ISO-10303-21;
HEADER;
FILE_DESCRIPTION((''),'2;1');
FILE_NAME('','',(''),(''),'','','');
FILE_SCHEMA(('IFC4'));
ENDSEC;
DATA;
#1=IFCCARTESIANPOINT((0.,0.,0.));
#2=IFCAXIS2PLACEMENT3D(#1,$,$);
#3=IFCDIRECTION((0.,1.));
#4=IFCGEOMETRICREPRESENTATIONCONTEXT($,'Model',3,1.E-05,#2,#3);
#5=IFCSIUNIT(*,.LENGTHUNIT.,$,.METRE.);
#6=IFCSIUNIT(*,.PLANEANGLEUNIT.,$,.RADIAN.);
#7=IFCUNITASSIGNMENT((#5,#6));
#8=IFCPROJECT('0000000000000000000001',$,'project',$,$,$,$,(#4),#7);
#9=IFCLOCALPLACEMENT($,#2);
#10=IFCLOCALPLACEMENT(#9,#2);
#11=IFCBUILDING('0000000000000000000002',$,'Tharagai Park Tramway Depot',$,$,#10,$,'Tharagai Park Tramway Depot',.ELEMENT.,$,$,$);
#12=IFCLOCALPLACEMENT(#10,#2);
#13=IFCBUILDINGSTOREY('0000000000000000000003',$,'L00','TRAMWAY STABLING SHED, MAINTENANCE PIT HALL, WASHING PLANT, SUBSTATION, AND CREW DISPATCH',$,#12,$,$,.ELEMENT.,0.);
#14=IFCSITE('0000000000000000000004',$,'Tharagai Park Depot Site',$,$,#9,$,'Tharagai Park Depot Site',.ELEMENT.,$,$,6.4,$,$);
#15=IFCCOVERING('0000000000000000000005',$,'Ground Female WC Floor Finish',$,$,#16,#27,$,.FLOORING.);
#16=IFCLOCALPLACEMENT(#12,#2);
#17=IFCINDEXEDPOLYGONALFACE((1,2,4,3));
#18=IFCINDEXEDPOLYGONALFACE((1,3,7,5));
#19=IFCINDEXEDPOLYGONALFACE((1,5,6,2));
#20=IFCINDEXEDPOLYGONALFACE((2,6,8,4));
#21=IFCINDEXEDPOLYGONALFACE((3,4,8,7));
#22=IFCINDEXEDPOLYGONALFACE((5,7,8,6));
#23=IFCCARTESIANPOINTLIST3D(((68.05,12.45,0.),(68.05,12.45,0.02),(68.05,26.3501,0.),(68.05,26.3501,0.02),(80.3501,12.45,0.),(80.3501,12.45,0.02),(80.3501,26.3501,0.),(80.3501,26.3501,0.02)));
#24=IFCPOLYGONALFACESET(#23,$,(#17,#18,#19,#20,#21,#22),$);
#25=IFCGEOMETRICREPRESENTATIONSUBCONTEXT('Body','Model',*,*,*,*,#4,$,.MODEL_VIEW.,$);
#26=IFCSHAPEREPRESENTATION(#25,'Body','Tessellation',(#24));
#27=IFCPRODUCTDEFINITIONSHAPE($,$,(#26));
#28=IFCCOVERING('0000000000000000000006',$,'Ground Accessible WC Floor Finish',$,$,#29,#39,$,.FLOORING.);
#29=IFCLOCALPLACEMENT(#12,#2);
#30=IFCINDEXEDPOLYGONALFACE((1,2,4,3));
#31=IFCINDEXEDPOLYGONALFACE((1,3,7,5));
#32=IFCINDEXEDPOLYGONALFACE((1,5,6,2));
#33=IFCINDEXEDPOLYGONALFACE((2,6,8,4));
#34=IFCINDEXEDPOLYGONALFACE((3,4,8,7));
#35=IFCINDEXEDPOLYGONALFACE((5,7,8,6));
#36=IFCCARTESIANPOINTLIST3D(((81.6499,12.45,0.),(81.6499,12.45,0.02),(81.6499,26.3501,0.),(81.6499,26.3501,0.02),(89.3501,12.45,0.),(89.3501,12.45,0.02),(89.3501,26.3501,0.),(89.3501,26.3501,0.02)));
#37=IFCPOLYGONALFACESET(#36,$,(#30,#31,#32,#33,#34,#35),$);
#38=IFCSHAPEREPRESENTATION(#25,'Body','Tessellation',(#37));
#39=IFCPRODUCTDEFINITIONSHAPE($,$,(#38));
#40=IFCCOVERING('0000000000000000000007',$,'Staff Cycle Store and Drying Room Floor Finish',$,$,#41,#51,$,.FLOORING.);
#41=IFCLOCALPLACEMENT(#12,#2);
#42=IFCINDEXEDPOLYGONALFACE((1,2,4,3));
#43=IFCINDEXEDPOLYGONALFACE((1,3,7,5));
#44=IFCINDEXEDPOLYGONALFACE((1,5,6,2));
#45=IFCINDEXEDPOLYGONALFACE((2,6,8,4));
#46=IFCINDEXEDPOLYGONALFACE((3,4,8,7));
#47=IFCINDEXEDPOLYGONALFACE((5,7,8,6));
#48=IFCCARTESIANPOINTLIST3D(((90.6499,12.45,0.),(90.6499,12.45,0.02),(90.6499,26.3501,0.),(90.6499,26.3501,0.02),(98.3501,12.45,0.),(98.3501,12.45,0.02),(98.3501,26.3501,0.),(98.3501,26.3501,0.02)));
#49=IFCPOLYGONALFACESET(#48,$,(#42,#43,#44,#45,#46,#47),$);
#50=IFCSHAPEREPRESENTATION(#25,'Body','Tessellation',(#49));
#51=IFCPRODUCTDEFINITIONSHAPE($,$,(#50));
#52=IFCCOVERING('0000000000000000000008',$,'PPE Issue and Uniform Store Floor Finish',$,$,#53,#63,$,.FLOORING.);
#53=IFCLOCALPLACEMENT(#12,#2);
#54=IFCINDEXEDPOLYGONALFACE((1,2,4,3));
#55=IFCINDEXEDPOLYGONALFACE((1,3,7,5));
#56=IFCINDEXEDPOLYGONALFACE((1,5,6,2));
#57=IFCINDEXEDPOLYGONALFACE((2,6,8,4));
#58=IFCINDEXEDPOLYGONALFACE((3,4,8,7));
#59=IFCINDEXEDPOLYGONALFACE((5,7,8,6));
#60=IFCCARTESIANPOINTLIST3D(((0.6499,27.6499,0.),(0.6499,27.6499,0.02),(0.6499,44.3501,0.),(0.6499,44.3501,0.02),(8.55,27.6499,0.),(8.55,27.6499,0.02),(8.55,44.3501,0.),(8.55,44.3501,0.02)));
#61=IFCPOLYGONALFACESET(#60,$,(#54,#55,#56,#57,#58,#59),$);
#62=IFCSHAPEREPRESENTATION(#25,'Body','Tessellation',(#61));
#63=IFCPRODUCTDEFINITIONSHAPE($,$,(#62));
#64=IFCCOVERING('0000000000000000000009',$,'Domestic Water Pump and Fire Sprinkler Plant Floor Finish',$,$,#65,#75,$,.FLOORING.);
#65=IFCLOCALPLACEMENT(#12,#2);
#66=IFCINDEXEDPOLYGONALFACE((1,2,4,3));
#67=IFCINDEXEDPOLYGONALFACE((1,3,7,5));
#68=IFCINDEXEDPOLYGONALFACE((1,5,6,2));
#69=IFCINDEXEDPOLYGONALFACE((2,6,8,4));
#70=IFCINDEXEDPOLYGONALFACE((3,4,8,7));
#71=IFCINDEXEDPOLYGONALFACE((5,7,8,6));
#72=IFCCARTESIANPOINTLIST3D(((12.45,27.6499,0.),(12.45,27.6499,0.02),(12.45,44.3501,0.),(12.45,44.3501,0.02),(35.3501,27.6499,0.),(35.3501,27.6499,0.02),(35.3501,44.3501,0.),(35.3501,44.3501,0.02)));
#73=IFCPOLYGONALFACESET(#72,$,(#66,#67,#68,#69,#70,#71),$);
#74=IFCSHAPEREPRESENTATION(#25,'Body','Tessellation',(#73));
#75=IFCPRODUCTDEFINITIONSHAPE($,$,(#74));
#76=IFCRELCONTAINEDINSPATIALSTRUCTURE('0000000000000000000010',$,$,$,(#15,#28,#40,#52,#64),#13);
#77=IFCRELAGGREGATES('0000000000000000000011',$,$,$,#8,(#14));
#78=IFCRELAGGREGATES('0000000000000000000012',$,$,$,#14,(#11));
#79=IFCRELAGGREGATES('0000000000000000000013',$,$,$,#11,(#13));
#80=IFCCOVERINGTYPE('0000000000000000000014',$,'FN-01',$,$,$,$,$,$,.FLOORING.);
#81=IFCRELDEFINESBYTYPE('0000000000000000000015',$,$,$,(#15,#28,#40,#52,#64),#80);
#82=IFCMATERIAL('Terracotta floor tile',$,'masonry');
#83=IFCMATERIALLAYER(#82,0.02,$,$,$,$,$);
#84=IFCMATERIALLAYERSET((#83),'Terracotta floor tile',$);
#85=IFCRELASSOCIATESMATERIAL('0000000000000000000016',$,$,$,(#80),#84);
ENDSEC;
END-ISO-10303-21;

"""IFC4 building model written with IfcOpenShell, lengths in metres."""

from ifc_helpers import new_model, si_unit, direction, origin, place, context, subcontext, project, spatial, polyline, outline, extrude, material, layer, layer_set, type_object, element, save


model = new_model("IFC4")

# Units and contexts
model_context = context("Model", 3, precision=1e-05, world=origin(), true_north=direction((0.0, 1.0)))
body_context = subcontext(model_context, "Body", "Model", "MODEL_VIEW")
ifc_project = project(units=[si_unit("LENGTHUNIT", "METRE"), si_unit("PLANEANGLEUNIT", "RADIAN")], contexts=[model_context])

# Site, building, storey
site_placement = place(None, origin())
site = spatial("IfcSite", under=ifc_project, at=site_placement, Name="Tharagai Park Depot Site", LongName="Tharagai Park Depot Site", CompositionType="ELEMENT", RefElevation=6.4)
building_placement = place(site_placement, origin())
building = spatial("IfcBuilding", under=site, at=building_placement, Name="Tharagai Park Tramway Depot", LongName="Tharagai Park Tramway Depot", CompositionType="ELEMENT")
storey_placement = place(building_placement, origin())
storey = spatial("IfcBuildingStorey", under=building, at=storey_placement, Name="L00", Description="TRAMWAY STABLING SHED, MAINTENANCE PIT HALL, WASHING PLANT, SUBSTATION, AND CREW DISPATCH", CompositionType="ELEMENT", Elevation=0.0)

# Coverings
ifc_material_1 = material(Name="Terracotta floor tile", Category="masonry")
ifc_layer_1 = layer(ifc_material_1, 0.02)
ifc_layer_set_1 = layer_set([ifc_layer_1], Name="Terracotta floor tile")
covering_type = type_object("IfcCoveringType", Name="FN-01", PredefinedType="FLOORING", material=ifc_layer_set_1)
covering_1_placement = place(storey_placement, origin())
element("IfcCovering", 1, at=covering_1_placement, inside=storey, type_object=covering_type, Name="Ground Female WC Floor Finish", PredefinedType="FLOORING", context=body_context, shape_type="SweptSolid", body=[
    extrude(outline(polyline([(68.05, 12.45), (80.3501, 12.45), (80.3501, 26.3501), (68.05, 26.3501), (68.05, 12.45)])), origin(), (0.0, 0.0, 1.0), 0.02),
])
covering_2_placement = place(storey_placement, origin())
element("IfcCovering", 2, at=covering_2_placement, inside=storey, type_object=covering_type, Name="Ground Accessible WC Floor Finish", PredefinedType="FLOORING", context=body_context, shape_type="SweptSolid", body=[
    extrude(outline(polyline([(81.6499, 12.45), (89.3501, 12.45), (89.3501, 26.3501), (81.6499, 26.3501), (81.6499, 12.45)])), origin(), (0.0, 0.0, 1.0), 0.02),
])
covering_3_placement = place(storey_placement, origin())
element("IfcCovering", 3, at=covering_3_placement, inside=storey, type_object=covering_type, Name="Staff Cycle Store and Drying Room Floor Finish", PredefinedType="FLOORING", context=body_context, shape_type="SweptSolid", body=[
    extrude(outline(polyline([(90.6499, 12.45), (98.3501, 12.45), (98.3501, 26.3501), (90.6499, 26.3501), (90.6499, 12.45)])), origin(), (0.0, 0.0, 1.0), 0.02),
])
covering_4_placement = place(storey_placement, origin())
element("IfcCovering", 4, at=covering_4_placement, inside=storey, type_object=covering_type, Name="PPE Issue and Uniform Store Floor Finish", PredefinedType="FLOORING", context=body_context, shape_type="SweptSolid", body=[
    extrude(outline(polyline([(0.6499, 27.6499), (8.55, 27.6499), (8.55, 44.3501), (0.6499, 44.3501), (0.6499, 27.6499)])), origin(), (0.0, 0.0, 1.0), 0.02),
])
covering_5_placement = place(storey_placement, origin())
element("IfcCovering", 5, at=covering_5_placement, inside=storey, type_object=covering_type, Name="Domestic Water Pump and Fire Sprinkler Plant Floor Finish", PredefinedType="FLOORING", context=body_context, shape_type="SweptSolid", body=[
    extrude(outline(polyline([(12.45, 27.6499), (35.3501, 27.6499), (35.3501, 44.3501), (12.45, 44.3501), (12.45, 27.6499)])), origin(), (0.0, 0.0, 1.0), 0.02),
])

save(model, "model.ifc")
